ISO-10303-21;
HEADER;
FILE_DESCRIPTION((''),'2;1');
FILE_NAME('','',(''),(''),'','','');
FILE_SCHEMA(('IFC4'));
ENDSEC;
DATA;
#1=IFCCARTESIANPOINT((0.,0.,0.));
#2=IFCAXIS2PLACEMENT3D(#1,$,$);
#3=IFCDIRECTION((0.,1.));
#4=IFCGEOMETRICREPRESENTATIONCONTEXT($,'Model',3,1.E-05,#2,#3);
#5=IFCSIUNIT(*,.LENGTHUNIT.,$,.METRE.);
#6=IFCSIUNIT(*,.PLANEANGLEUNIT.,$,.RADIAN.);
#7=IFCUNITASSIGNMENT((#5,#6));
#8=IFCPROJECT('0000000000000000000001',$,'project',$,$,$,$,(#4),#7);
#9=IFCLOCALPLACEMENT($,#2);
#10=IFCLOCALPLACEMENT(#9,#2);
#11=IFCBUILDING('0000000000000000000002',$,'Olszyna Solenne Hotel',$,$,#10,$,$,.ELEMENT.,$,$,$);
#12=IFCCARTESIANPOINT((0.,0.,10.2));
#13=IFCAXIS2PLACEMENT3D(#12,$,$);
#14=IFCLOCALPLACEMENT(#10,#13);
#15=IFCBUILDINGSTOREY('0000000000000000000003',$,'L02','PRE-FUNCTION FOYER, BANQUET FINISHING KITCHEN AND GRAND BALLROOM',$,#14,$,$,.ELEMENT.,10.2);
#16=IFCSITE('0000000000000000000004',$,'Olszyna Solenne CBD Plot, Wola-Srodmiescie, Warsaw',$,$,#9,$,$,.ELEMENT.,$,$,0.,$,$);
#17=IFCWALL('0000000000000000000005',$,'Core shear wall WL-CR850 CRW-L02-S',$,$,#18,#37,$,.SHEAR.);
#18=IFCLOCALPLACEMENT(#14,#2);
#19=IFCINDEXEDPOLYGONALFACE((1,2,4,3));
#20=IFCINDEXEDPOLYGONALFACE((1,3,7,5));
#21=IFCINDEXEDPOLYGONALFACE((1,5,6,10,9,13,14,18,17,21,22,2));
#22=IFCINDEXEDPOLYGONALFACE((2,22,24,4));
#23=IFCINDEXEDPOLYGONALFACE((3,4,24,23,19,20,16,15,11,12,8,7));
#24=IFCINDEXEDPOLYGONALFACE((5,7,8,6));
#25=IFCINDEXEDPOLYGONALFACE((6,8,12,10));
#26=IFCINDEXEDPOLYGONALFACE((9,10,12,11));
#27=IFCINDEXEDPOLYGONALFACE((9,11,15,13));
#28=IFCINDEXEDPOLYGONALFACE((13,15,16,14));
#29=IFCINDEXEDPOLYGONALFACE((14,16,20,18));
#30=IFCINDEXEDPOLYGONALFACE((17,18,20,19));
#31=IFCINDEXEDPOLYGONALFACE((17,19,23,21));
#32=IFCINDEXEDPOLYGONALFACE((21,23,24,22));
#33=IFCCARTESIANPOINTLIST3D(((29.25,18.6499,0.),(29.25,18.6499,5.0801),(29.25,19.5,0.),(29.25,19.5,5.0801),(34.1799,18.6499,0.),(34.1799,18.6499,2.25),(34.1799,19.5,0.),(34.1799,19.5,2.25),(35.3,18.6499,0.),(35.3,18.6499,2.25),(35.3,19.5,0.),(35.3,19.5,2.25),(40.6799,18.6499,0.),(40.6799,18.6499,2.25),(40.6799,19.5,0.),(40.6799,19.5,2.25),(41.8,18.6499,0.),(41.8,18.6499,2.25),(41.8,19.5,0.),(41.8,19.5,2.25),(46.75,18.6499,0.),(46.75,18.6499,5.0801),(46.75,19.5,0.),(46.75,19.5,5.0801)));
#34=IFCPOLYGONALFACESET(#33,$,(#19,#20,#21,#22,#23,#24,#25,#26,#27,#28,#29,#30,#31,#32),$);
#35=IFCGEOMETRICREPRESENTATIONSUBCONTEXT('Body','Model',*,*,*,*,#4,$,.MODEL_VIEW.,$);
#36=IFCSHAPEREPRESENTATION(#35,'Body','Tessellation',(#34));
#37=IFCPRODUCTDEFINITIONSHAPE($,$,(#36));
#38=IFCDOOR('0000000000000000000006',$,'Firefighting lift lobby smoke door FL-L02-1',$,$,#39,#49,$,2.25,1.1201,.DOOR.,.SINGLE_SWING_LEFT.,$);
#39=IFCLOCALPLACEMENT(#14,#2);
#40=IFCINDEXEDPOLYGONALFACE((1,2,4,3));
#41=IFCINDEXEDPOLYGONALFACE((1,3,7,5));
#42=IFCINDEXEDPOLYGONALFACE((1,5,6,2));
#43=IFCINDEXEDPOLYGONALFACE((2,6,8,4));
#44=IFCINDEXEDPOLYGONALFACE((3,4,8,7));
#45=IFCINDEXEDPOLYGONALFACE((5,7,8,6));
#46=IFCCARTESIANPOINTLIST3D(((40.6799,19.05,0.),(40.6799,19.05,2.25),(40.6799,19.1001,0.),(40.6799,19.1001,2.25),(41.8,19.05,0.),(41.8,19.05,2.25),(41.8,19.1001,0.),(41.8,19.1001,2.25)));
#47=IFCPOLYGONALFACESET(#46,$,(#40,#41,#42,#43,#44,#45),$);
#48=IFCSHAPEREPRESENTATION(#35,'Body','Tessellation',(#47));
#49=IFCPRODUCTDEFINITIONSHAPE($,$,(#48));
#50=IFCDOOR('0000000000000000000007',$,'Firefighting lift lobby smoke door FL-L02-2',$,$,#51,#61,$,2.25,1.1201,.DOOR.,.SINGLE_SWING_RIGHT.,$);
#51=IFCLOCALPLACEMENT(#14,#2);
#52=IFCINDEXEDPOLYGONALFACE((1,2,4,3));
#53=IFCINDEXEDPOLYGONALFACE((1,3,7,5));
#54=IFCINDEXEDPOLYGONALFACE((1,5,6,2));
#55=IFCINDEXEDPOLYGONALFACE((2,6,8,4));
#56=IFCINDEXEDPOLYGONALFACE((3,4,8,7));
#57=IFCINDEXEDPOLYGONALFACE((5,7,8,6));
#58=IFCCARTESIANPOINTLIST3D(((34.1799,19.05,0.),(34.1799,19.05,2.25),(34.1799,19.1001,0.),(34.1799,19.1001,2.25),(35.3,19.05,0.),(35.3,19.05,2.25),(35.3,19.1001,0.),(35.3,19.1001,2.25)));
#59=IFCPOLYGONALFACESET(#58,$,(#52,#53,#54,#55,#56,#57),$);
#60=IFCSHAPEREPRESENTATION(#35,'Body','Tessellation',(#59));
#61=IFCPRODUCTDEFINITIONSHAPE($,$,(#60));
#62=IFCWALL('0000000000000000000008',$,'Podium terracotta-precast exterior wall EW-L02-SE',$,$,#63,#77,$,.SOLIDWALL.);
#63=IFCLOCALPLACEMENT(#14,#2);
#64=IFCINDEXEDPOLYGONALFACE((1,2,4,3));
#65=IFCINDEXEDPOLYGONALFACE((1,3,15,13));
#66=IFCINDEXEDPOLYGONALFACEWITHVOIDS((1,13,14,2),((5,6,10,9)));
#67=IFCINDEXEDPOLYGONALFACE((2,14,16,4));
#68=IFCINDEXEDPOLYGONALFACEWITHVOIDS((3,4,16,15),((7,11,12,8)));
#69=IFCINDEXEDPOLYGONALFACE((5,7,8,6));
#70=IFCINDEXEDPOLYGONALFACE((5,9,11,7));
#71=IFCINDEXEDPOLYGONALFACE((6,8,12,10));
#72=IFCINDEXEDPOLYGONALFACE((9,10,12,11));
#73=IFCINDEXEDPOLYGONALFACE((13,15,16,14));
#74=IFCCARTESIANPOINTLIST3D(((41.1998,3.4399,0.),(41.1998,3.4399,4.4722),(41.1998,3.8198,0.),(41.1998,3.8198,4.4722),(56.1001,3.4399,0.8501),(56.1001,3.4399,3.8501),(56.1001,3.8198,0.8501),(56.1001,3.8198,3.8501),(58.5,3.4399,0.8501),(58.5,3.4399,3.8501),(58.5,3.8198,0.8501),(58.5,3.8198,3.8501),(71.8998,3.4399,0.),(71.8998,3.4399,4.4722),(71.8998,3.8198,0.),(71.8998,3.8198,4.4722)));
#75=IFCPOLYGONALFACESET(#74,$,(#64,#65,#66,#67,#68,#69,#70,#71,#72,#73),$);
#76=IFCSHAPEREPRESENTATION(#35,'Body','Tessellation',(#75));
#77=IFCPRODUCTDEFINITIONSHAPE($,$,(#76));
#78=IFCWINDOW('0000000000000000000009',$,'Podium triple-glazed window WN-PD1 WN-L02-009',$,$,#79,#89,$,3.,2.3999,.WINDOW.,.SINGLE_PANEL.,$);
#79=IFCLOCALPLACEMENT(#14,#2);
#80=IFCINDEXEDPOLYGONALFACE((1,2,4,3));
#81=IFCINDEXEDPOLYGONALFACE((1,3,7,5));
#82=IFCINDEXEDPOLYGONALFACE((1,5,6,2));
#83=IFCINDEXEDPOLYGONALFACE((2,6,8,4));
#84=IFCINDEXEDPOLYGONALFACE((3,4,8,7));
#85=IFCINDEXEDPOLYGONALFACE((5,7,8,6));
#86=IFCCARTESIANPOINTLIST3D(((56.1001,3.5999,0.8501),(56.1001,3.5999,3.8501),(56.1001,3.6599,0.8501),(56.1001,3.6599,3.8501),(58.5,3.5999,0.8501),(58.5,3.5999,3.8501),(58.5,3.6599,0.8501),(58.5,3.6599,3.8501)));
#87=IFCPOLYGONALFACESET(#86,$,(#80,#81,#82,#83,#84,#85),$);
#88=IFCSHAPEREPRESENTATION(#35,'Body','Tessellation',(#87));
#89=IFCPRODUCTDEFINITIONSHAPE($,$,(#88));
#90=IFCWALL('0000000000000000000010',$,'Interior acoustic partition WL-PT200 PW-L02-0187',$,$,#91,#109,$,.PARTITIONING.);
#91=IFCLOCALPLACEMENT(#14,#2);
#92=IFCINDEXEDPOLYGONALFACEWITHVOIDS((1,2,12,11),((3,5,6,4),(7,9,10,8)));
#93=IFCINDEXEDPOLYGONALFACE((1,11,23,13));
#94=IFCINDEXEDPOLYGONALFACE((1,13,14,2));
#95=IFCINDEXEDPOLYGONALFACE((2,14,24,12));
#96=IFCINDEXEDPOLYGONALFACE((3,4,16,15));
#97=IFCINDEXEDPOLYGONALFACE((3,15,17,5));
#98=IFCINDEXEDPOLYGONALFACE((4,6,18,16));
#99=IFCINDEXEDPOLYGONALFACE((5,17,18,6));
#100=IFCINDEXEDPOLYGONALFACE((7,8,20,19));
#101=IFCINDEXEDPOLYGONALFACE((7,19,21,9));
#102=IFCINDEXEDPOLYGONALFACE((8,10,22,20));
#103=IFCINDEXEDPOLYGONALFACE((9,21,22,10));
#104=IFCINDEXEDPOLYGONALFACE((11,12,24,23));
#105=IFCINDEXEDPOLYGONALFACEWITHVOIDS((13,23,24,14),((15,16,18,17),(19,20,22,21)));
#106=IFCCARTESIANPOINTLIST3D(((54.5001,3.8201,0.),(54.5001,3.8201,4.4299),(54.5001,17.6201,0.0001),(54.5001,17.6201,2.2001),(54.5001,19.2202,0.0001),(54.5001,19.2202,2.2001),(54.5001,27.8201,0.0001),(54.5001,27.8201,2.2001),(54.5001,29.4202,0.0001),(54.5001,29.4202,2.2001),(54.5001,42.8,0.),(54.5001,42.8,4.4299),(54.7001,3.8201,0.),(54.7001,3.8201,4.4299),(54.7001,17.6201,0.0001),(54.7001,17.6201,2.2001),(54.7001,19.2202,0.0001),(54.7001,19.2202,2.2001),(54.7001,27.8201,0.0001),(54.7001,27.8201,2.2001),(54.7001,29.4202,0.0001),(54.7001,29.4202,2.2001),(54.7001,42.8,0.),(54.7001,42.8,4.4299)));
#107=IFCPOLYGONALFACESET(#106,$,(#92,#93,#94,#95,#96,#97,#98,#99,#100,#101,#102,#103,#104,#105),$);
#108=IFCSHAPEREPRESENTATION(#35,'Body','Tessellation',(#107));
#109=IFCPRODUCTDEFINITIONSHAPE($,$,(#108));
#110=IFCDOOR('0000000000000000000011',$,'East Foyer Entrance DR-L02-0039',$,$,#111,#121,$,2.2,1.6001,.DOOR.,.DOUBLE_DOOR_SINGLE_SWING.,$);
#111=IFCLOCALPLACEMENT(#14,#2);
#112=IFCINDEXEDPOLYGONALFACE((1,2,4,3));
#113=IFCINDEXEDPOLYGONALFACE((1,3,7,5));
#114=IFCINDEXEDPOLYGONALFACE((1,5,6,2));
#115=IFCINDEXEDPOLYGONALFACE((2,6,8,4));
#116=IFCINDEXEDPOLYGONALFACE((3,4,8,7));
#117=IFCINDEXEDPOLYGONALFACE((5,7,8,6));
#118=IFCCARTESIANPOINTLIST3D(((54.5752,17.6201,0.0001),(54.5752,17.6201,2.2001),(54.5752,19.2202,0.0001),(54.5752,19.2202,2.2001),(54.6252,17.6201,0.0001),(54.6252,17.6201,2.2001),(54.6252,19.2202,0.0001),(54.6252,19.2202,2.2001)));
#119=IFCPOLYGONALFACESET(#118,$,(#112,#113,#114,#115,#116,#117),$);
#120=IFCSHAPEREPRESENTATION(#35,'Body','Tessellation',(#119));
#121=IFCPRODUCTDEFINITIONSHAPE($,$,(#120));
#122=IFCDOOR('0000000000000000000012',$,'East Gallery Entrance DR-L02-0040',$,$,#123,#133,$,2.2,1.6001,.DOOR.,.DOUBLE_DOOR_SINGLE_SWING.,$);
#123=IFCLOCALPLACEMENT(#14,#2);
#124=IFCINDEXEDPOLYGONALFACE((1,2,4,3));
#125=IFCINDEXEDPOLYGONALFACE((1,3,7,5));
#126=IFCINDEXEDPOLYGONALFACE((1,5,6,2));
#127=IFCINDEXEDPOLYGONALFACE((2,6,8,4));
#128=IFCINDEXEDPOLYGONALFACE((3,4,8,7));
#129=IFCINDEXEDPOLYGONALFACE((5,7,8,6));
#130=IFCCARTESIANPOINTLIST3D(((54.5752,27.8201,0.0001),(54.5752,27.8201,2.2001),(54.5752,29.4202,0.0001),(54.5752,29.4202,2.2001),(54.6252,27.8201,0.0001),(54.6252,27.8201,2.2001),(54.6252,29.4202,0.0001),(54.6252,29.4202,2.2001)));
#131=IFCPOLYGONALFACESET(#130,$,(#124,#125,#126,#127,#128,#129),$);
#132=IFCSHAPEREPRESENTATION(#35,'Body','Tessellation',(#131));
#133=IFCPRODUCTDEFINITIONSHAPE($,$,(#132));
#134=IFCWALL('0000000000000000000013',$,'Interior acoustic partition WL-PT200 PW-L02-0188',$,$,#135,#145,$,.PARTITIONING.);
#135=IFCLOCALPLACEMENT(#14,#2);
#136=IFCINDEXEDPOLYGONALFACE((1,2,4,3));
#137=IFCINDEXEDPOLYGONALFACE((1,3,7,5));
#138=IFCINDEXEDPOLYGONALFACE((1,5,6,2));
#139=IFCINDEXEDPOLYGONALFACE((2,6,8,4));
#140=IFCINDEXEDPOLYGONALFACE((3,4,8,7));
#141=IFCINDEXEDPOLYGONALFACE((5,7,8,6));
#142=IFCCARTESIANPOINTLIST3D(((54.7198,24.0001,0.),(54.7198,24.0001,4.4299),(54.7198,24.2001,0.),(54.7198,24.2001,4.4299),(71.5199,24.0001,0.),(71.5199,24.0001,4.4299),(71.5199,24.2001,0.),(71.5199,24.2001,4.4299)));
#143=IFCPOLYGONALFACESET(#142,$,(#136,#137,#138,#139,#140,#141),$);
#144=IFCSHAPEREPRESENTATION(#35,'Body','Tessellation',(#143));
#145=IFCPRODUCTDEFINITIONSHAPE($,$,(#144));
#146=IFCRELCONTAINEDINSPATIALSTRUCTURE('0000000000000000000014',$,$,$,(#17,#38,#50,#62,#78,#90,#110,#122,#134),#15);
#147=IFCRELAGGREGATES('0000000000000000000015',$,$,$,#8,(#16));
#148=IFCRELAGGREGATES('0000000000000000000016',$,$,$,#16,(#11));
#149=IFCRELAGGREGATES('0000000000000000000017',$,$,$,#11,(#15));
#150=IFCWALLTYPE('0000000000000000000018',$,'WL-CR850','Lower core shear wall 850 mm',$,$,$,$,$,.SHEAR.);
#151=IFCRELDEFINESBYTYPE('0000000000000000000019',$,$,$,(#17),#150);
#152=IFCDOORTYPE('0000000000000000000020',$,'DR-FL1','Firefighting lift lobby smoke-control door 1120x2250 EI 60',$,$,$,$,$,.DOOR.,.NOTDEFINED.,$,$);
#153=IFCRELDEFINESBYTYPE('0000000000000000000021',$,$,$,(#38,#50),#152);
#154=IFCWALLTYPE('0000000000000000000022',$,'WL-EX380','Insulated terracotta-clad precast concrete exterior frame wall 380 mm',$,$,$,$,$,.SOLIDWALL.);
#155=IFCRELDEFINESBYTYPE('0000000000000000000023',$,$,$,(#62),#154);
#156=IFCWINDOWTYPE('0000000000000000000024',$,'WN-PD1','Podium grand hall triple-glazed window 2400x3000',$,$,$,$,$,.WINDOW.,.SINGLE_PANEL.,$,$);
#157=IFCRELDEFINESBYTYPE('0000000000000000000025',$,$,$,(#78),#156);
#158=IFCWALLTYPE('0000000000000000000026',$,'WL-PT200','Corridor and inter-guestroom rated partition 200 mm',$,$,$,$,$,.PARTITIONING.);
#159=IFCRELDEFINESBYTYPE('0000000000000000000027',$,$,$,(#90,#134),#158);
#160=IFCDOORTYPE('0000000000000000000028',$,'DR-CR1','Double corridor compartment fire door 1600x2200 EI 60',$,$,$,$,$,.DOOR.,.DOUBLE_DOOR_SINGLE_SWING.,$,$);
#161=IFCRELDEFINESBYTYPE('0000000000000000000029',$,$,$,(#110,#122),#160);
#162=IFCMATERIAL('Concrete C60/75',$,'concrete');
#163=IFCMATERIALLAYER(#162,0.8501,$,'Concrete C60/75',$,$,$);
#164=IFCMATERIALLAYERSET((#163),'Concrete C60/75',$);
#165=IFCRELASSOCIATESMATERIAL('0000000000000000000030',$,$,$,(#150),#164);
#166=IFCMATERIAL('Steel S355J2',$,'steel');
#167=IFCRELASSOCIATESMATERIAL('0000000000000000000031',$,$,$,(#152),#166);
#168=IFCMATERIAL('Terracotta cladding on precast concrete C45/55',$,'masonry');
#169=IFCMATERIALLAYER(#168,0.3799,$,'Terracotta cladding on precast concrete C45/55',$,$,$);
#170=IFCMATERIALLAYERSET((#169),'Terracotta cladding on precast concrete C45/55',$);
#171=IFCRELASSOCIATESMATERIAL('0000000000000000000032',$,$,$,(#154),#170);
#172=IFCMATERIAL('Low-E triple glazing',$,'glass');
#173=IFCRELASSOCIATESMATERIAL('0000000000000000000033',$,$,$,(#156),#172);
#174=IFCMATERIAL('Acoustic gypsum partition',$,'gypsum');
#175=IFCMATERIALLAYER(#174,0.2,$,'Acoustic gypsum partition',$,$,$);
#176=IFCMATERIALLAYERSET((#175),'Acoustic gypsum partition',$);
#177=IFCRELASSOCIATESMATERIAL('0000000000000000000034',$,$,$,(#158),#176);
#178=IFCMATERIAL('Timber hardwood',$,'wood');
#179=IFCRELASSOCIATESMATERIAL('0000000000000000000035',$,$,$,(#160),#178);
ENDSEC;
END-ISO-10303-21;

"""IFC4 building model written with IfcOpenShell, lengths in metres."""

from ifc_helpers import new_model, si_unit, direction, frame, frame_2d, origin, place, context, subcontext, project, spatial, rectangle, extrude, source, transform, mapped, material, layer, layer_set, type_object, type_shapes, element, fill, save


model = new_model("IFC4")

# Units and contexts
model_context = context("Model", 3, precision=1e-05, world=origin(), true_north=direction((0.0, 1.0)))
body_context = subcontext(model_context, "Body", "Model", "MODEL_VIEW")
ifc_project = project(units=[si_unit("LENGTHUNIT", "METRE"), si_unit("PLANEANGLEUNIT", "RADIAN")], contexts=[model_context])

# Site, building, storey
site_placement = place(None, origin())
site = spatial("IfcSite", under=ifc_project, at=site_placement, Name="Olszyna Solenne CBD Plot, Wola-Srodmiescie, Warsaw", CompositionType="ELEMENT", RefElevation=0.0)
building_placement = place(site_placement, origin())
building = spatial("IfcBuilding", under=site, at=building_placement, Name="Olszyna Solenne Hotel", CompositionType="ELEMENT")
storey_placement = place(building_placement, frame((0.0, 0.0, 10.2)))
storey = spatial("IfcBuildingStorey", under=building, at=storey_placement, Name="L02", Description="PRE-FUNCTION FOYER, BANQUET FINISHING KITCHEN AND GRAND BALLROOM", CompositionType="ELEMENT", Elevation=10.2)

# Shared definitions
ifc_material_1 = material(Name="Concrete C60/75", Category="concrete")

# Shared definitions
ifc_material_2 = material(Name="Steel S355J2", Category="steel")

# Wall, openings, doors
ifc_layer_1 = layer(ifc_material_1, 0.8501, Name="Concrete C60/75")
ifc_layer_set_1 = layer_set([ifc_layer_1], Name="Concrete C60/75")
wall_type_1 = type_object("IfcWallType", Name="WL-CR850", Description="Lower core shear wall 850 mm", PredefinedType="SHEAR", material=ifc_layer_set_1)
wall_1_placement = place(storey_placement, frame((46.75, 19.075, 0.0), z_axis=(0.0, 0.0, 1.0), x_axis=(-1.0, 0.0, 0.0)))
wall_1 = element("IfcWall", 1, at=wall_1_placement, inside=storey, type_object=wall_type_1, Name="Core shear wall WL-CR850 CRW-L02-S", PredefinedType="SHEAR", context=body_context, shape_type="SweptSolid", body=[
    extrude(rectangle(XDim=17.5, YDim=0.8501, at=frame_2d((8.75, 0.0))), origin(), (0.0, 0.0, 1.0), 5.0801),
])
opening_1_placement = place(wall_1_placement, frame((4.95, 0.0, 0.0)))
opening_1 = element("IfcOpeningElement", 2, at=opening_1_placement, cuts=wall_1, PredefinedType="OPENING", context=body_context, shape_type="SweptSolid", body=[
    extrude(rectangle(XDim=1.1201, YDim=2.25, at=frame_2d((0.5601, 1.125))), frame((0.0, 0.4351, 0.0), z_axis=(0.0, -1.0, 0.0), x_axis=(1.0, 0.0, 0.0)), (0.0, 0.0, 1.0), 0.8701),
])
opening_2_placement = place(wall_1_placement, frame((11.45, 0.0, 0.0)))
opening_2 = element("IfcOpeningElement", 3, at=opening_2_placement, cuts=wall_1, PredefinedType="OPENING", context=body_context, shape_type="SweptSolid", body=[
    extrude(rectangle(XDim=1.1201, YDim=2.25, at=frame_2d((0.5601, 1.125))), frame((0.0, 0.4351, 0.0), z_axis=(0.0, -1.0, 0.0), x_axis=(1.0, 0.0, 0.0)), (0.0, 0.0, 1.0), 0.8701),
])
door_type_1 = type_object("IfcDoorType", Name="DR-FL1", Description="Firefighting lift lobby smoke-control door 1120x2250 EI 60", OperationType="NOTDEFINED", PredefinedType="DOOR", material=ifc_material_2)
shared_shape_1 = source(origin(), body_context, "Body", "SweptSolid", [
    extrude(rectangle(XDim=1.1201, YDim=2.25, at=frame_2d((0.5601, 1.125))), frame((0.0, 0.0249, 0.0), z_axis=(0.0, -1.0, 0.0), x_axis=(1.0, 0.0, 0.0)), (0.0, 0.0, 1.0), 0.05),
])
type_shapes(door_type_1, [shared_shape_1])
door_1_placement = place(opening_1_placement, origin())
door_1 = element("IfcDoor", 4, at=door_1_placement, inside=storey, type_object=door_type_1, Name="Firefighting lift lobby smoke door FL-L02-1", OperationType="SINGLE_SWING_LEFT", OverallHeight=2.25, OverallWidth=1.1201, PredefinedType="DOOR", context=body_context, shape_type="MappedRepresentation", body=[
    mapped(shared_shape_1, transform((0.0, 0.0, 0.0), x_axis=(1.0, 0.0, 0.0), y_axis=(0.0, 1.0, 0.0), z_axis=(0.0, 0.0, 1.0), scale=1.0)),
])
fill(opening_1, door_1)
door_2_placement = place(opening_2_placement, origin())
door_2 = element("IfcDoor", 5, at=door_2_placement, inside=storey, type_object=door_type_1, Name="Firefighting lift lobby smoke door FL-L02-2", OperationType="SINGLE_SWING_RIGHT", OverallHeight=2.25, OverallWidth=1.1201, PredefinedType="DOOR", context=body_context, shape_type="MappedRepresentation", body=[
    mapped(shared_shape_1, transform((0.0, 0.0, 0.0), x_axis=(1.0, 0.0, 0.0), y_axis=(0.0, 1.0, 0.0), z_axis=(0.0, 0.0, 1.0), scale=1.0)),
])
fill(opening_2, door_2)

# Wall, opening, window
ifc_material_3 = material(Name="Terracotta cladding on precast concrete C45/55", Category="masonry")
ifc_layer_2 = layer(ifc_material_3, 0.3799, Name="Terracotta cladding on precast concrete C45/55")
ifc_layer_set_2 = layer_set([ifc_layer_2], Name="Terracotta cladding on precast concrete C45/55")
wall_type_2 = type_object("IfcWallType", Name="WL-EX380", Description="Insulated terracotta-clad precast concrete exterior frame wall 380 mm", PredefinedType="SOLIDWALL", material=ifc_layer_set_2)
wall_2_placement = place(storey_placement, frame((71.8999, 3.6299, 0.0), z_axis=(0.0, 0.0, 1.0), x_axis=(-1.0, 0.0, 0.0)))
wall_2 = element("IfcWall", 6, at=wall_2_placement, inside=storey, type_object=wall_type_2, Name="Podium terracotta-precast exterior wall EW-L02-SE", PredefinedType="SOLIDWALL", context=body_context, shape_type="SweptSolid", body=[
    extrude(rectangle(XDim=30.7, YDim=0.3799, at=frame_2d((15.3501, 0.0))), origin(), (0.0, 0.0, 1.0), 4.4722),
])
opening_3_placement = place(wall_2_placement, frame((13.3999, 0.0, 0.8501)))
opening_3 = element("IfcOpeningElement", 7, at=opening_3_placement, cuts=wall_2, PredefinedType="OPENING", context=body_context, shape_type="SweptSolid", body=[
    extrude(rectangle(XDim=2.3999, YDim=3.0, at=frame_2d((1.2, 1.5))), frame((0.0, 0.2, 0.0), z_axis=(0.0, -1.0, 0.0), x_axis=(1.0, 0.0, 0.0)), (0.0, 0.0, 1.0), 0.3999),
])
ifc_material_4 = material(Name="Low-E triple glazing", Category="glass")
window_type = type_object("IfcWindowType", Name="WN-PD1", Description="Podium grand hall triple-glazed window 2400x3000", PartitioningType="SINGLE_PANEL", PredefinedType="WINDOW", material=ifc_material_4)
shared_shape_2 = source(origin(), body_context, "Body", "SweptSolid", [
    extrude(rectangle(XDim=2.3999, YDim=3.0, at=frame_2d((1.2, 1.5))), frame((0.0, 0.03, 0.0), z_axis=(0.0, -1.0, 0.0), x_axis=(1.0, 0.0, 0.0)), (0.0, 0.0, 1.0), 0.0601),
])
type_shapes(window_type, [shared_shape_2])
window_placement = place(opening_3_placement, origin())
window = element("IfcWindow", 8, at=window_placement, inside=storey, type_object=window_type, Name="Podium triple-glazed window WN-PD1 WN-L02-009", OverallHeight=3.0, OverallWidth=2.3999, PartitioningType="SINGLE_PANEL", PredefinedType="WINDOW", context=body_context, shape_type="MappedRepresentation", body=[
    mapped(shared_shape_2, transform((0.0, 0.0, 0.0), x_axis=(1.0, 0.0, 0.0), y_axis=(0.0, 1.0, 0.0), z_axis=(0.0, 0.0, 1.0), scale=1.0)),
])
fill(opening_3, window)

# Wall, openings, doors
ifc_material_5 = material(Name="Acoustic gypsum partition", Category="gypsum")
ifc_layer_3 = layer(ifc_material_5, 0.2, Name="Acoustic gypsum partition")
ifc_layer_set_3 = layer_set([ifc_layer_3], Name="Acoustic gypsum partition")
wall_type_3 = type_object("IfcWallType", Name="WL-PT200", Description="Corridor and inter-guestroom rated partition 200 mm", PredefinedType="PARTITIONING", material=ifc_layer_set_3)
wall_3_placement = place(storey_placement, frame((54.6001, 3.8201, 0.0), z_axis=(0.0, 0.0, 1.0), x_axis=(0.0, 1.0, 0.0)))
wall_3 = element("IfcWall", 9, at=wall_3_placement, inside=storey, type_object=wall_type_3, Name="Interior acoustic partition WL-PT200 PW-L02-0187", PredefinedType="PARTITIONING", context=body_context, shape_type="SweptSolid", body=[
    extrude(rectangle(XDim=38.98, YDim=0.2, at=frame_2d((19.49, 0.0))), origin(), (0.0, 0.0, 1.0), 4.4299),
])
opening_4_placement = place(wall_3_placement, frame((13.8, 0.0, 0.0)))
opening_4 = element("IfcOpeningElement", 10, at=opening_4_placement, cuts=wall_3, PredefinedType="OPENING", context=body_context, shape_type="SweptSolid", body=[
    extrude(rectangle(XDim=1.6001, YDim=2.2, at=frame_2d((0.8, 1.1001))), frame((0.0, 0.1099, 0.0), z_axis=(0.0, -1.0, 0.0), x_axis=(1.0, 0.0, 0.0)), (0.0, 0.0, 1.0), 0.22),
])
opening_5_placement = place(wall_3_placement, frame((24.0, 0.0, 0.0)))
opening_5 = element("IfcOpeningElement", 11, at=opening_5_placement, cuts=wall_3, PredefinedType="OPENING", context=body_context, shape_type="SweptSolid", body=[
    extrude(rectangle(XDim=1.6001, YDim=2.2, at=frame_2d((0.8, 1.1001))), frame((0.0, 0.1099, 0.0), z_axis=(0.0, -1.0, 0.0), x_axis=(1.0, 0.0, 0.0)), (0.0, 0.0, 1.0), 0.22),
])
ifc_material_6 = material(Name="Timber hardwood", Category="wood")
door_type_2 = type_object("IfcDoorType", Name="DR-CR1", Description="Double corridor compartment fire door 1600x2200 EI 60", OperationType="DOUBLE_DOOR_SINGLE_SWING", PredefinedType="DOOR", material=ifc_material_6)
shared_shape_3 = source(origin(), body_context, "Body", "SweptSolid", [
    extrude(rectangle(XDim=1.6001, YDim=2.2, at=frame_2d((0.8, 1.1001))), frame((0.0, 0.0249, 0.0), z_axis=(0.0, -1.0, 0.0), x_axis=(1.0, 0.0, 0.0)), (0.0, 0.0, 1.0), 0.05),
])
type_shapes(door_type_2, [shared_shape_3])
door_3_placement = place(opening_4_placement, origin())
door_3 = element("IfcDoor", 12, at=door_3_placement, inside=storey, type_object=door_type_2, Name="East Foyer Entrance DR-L02-0039", OperationType="DOUBLE_DOOR_SINGLE_SWING", OverallHeight=2.2, OverallWidth=1.6001, PredefinedType="DOOR", context=body_context, shape_type="MappedRepresentation", body=[
    mapped(shared_shape_3, transform((0.0, 0.0, 0.0), x_axis=(1.0, 0.0, 0.0), y_axis=(0.0, 1.0, 0.0), z_axis=(0.0, 0.0, 1.0), scale=1.0)),
])
fill(opening_4, door_3)
door_4_placement = place(opening_5_placement, origin())
door_4 = element("IfcDoor", 13, at=door_4_placement, inside=storey, type_object=door_type_2, Name="East Gallery Entrance DR-L02-0040", OperationType="DOUBLE_DOOR_SINGLE_SWING", OverallHeight=2.2, OverallWidth=1.6001, PredefinedType="DOOR", context=body_context, shape_type="MappedRepresentation", body=[
    mapped(shared_shape_3, transform((0.0, 0.0, 0.0), x_axis=(1.0, 0.0, 0.0), y_axis=(0.0, 1.0, 0.0), z_axis=(0.0, 0.0, 1.0), scale=1.0)),
])
fill(opening_5, door_4)

# Wall
wall_4_placement = place(storey_placement, frame((54.72, 24.1001, 0.0), z_axis=(0.0, 0.0, 1.0), x_axis=(1.0, 0.0, 0.0)))
element("IfcWall", 14, at=wall_4_placement, inside=storey, type_object=wall_type_3, Name="Interior acoustic partition WL-PT200 PW-L02-0188", PredefinedType="PARTITIONING", context=body_context, shape_type="SweptSolid", body=[
    extrude(rectangle(XDim=16.8, YDim=0.2, at=frame_2d((8.3999, 0.0))), origin(), (0.0, 0.0, 1.0), 4.4299),
])

save(model, "model.ifc")
